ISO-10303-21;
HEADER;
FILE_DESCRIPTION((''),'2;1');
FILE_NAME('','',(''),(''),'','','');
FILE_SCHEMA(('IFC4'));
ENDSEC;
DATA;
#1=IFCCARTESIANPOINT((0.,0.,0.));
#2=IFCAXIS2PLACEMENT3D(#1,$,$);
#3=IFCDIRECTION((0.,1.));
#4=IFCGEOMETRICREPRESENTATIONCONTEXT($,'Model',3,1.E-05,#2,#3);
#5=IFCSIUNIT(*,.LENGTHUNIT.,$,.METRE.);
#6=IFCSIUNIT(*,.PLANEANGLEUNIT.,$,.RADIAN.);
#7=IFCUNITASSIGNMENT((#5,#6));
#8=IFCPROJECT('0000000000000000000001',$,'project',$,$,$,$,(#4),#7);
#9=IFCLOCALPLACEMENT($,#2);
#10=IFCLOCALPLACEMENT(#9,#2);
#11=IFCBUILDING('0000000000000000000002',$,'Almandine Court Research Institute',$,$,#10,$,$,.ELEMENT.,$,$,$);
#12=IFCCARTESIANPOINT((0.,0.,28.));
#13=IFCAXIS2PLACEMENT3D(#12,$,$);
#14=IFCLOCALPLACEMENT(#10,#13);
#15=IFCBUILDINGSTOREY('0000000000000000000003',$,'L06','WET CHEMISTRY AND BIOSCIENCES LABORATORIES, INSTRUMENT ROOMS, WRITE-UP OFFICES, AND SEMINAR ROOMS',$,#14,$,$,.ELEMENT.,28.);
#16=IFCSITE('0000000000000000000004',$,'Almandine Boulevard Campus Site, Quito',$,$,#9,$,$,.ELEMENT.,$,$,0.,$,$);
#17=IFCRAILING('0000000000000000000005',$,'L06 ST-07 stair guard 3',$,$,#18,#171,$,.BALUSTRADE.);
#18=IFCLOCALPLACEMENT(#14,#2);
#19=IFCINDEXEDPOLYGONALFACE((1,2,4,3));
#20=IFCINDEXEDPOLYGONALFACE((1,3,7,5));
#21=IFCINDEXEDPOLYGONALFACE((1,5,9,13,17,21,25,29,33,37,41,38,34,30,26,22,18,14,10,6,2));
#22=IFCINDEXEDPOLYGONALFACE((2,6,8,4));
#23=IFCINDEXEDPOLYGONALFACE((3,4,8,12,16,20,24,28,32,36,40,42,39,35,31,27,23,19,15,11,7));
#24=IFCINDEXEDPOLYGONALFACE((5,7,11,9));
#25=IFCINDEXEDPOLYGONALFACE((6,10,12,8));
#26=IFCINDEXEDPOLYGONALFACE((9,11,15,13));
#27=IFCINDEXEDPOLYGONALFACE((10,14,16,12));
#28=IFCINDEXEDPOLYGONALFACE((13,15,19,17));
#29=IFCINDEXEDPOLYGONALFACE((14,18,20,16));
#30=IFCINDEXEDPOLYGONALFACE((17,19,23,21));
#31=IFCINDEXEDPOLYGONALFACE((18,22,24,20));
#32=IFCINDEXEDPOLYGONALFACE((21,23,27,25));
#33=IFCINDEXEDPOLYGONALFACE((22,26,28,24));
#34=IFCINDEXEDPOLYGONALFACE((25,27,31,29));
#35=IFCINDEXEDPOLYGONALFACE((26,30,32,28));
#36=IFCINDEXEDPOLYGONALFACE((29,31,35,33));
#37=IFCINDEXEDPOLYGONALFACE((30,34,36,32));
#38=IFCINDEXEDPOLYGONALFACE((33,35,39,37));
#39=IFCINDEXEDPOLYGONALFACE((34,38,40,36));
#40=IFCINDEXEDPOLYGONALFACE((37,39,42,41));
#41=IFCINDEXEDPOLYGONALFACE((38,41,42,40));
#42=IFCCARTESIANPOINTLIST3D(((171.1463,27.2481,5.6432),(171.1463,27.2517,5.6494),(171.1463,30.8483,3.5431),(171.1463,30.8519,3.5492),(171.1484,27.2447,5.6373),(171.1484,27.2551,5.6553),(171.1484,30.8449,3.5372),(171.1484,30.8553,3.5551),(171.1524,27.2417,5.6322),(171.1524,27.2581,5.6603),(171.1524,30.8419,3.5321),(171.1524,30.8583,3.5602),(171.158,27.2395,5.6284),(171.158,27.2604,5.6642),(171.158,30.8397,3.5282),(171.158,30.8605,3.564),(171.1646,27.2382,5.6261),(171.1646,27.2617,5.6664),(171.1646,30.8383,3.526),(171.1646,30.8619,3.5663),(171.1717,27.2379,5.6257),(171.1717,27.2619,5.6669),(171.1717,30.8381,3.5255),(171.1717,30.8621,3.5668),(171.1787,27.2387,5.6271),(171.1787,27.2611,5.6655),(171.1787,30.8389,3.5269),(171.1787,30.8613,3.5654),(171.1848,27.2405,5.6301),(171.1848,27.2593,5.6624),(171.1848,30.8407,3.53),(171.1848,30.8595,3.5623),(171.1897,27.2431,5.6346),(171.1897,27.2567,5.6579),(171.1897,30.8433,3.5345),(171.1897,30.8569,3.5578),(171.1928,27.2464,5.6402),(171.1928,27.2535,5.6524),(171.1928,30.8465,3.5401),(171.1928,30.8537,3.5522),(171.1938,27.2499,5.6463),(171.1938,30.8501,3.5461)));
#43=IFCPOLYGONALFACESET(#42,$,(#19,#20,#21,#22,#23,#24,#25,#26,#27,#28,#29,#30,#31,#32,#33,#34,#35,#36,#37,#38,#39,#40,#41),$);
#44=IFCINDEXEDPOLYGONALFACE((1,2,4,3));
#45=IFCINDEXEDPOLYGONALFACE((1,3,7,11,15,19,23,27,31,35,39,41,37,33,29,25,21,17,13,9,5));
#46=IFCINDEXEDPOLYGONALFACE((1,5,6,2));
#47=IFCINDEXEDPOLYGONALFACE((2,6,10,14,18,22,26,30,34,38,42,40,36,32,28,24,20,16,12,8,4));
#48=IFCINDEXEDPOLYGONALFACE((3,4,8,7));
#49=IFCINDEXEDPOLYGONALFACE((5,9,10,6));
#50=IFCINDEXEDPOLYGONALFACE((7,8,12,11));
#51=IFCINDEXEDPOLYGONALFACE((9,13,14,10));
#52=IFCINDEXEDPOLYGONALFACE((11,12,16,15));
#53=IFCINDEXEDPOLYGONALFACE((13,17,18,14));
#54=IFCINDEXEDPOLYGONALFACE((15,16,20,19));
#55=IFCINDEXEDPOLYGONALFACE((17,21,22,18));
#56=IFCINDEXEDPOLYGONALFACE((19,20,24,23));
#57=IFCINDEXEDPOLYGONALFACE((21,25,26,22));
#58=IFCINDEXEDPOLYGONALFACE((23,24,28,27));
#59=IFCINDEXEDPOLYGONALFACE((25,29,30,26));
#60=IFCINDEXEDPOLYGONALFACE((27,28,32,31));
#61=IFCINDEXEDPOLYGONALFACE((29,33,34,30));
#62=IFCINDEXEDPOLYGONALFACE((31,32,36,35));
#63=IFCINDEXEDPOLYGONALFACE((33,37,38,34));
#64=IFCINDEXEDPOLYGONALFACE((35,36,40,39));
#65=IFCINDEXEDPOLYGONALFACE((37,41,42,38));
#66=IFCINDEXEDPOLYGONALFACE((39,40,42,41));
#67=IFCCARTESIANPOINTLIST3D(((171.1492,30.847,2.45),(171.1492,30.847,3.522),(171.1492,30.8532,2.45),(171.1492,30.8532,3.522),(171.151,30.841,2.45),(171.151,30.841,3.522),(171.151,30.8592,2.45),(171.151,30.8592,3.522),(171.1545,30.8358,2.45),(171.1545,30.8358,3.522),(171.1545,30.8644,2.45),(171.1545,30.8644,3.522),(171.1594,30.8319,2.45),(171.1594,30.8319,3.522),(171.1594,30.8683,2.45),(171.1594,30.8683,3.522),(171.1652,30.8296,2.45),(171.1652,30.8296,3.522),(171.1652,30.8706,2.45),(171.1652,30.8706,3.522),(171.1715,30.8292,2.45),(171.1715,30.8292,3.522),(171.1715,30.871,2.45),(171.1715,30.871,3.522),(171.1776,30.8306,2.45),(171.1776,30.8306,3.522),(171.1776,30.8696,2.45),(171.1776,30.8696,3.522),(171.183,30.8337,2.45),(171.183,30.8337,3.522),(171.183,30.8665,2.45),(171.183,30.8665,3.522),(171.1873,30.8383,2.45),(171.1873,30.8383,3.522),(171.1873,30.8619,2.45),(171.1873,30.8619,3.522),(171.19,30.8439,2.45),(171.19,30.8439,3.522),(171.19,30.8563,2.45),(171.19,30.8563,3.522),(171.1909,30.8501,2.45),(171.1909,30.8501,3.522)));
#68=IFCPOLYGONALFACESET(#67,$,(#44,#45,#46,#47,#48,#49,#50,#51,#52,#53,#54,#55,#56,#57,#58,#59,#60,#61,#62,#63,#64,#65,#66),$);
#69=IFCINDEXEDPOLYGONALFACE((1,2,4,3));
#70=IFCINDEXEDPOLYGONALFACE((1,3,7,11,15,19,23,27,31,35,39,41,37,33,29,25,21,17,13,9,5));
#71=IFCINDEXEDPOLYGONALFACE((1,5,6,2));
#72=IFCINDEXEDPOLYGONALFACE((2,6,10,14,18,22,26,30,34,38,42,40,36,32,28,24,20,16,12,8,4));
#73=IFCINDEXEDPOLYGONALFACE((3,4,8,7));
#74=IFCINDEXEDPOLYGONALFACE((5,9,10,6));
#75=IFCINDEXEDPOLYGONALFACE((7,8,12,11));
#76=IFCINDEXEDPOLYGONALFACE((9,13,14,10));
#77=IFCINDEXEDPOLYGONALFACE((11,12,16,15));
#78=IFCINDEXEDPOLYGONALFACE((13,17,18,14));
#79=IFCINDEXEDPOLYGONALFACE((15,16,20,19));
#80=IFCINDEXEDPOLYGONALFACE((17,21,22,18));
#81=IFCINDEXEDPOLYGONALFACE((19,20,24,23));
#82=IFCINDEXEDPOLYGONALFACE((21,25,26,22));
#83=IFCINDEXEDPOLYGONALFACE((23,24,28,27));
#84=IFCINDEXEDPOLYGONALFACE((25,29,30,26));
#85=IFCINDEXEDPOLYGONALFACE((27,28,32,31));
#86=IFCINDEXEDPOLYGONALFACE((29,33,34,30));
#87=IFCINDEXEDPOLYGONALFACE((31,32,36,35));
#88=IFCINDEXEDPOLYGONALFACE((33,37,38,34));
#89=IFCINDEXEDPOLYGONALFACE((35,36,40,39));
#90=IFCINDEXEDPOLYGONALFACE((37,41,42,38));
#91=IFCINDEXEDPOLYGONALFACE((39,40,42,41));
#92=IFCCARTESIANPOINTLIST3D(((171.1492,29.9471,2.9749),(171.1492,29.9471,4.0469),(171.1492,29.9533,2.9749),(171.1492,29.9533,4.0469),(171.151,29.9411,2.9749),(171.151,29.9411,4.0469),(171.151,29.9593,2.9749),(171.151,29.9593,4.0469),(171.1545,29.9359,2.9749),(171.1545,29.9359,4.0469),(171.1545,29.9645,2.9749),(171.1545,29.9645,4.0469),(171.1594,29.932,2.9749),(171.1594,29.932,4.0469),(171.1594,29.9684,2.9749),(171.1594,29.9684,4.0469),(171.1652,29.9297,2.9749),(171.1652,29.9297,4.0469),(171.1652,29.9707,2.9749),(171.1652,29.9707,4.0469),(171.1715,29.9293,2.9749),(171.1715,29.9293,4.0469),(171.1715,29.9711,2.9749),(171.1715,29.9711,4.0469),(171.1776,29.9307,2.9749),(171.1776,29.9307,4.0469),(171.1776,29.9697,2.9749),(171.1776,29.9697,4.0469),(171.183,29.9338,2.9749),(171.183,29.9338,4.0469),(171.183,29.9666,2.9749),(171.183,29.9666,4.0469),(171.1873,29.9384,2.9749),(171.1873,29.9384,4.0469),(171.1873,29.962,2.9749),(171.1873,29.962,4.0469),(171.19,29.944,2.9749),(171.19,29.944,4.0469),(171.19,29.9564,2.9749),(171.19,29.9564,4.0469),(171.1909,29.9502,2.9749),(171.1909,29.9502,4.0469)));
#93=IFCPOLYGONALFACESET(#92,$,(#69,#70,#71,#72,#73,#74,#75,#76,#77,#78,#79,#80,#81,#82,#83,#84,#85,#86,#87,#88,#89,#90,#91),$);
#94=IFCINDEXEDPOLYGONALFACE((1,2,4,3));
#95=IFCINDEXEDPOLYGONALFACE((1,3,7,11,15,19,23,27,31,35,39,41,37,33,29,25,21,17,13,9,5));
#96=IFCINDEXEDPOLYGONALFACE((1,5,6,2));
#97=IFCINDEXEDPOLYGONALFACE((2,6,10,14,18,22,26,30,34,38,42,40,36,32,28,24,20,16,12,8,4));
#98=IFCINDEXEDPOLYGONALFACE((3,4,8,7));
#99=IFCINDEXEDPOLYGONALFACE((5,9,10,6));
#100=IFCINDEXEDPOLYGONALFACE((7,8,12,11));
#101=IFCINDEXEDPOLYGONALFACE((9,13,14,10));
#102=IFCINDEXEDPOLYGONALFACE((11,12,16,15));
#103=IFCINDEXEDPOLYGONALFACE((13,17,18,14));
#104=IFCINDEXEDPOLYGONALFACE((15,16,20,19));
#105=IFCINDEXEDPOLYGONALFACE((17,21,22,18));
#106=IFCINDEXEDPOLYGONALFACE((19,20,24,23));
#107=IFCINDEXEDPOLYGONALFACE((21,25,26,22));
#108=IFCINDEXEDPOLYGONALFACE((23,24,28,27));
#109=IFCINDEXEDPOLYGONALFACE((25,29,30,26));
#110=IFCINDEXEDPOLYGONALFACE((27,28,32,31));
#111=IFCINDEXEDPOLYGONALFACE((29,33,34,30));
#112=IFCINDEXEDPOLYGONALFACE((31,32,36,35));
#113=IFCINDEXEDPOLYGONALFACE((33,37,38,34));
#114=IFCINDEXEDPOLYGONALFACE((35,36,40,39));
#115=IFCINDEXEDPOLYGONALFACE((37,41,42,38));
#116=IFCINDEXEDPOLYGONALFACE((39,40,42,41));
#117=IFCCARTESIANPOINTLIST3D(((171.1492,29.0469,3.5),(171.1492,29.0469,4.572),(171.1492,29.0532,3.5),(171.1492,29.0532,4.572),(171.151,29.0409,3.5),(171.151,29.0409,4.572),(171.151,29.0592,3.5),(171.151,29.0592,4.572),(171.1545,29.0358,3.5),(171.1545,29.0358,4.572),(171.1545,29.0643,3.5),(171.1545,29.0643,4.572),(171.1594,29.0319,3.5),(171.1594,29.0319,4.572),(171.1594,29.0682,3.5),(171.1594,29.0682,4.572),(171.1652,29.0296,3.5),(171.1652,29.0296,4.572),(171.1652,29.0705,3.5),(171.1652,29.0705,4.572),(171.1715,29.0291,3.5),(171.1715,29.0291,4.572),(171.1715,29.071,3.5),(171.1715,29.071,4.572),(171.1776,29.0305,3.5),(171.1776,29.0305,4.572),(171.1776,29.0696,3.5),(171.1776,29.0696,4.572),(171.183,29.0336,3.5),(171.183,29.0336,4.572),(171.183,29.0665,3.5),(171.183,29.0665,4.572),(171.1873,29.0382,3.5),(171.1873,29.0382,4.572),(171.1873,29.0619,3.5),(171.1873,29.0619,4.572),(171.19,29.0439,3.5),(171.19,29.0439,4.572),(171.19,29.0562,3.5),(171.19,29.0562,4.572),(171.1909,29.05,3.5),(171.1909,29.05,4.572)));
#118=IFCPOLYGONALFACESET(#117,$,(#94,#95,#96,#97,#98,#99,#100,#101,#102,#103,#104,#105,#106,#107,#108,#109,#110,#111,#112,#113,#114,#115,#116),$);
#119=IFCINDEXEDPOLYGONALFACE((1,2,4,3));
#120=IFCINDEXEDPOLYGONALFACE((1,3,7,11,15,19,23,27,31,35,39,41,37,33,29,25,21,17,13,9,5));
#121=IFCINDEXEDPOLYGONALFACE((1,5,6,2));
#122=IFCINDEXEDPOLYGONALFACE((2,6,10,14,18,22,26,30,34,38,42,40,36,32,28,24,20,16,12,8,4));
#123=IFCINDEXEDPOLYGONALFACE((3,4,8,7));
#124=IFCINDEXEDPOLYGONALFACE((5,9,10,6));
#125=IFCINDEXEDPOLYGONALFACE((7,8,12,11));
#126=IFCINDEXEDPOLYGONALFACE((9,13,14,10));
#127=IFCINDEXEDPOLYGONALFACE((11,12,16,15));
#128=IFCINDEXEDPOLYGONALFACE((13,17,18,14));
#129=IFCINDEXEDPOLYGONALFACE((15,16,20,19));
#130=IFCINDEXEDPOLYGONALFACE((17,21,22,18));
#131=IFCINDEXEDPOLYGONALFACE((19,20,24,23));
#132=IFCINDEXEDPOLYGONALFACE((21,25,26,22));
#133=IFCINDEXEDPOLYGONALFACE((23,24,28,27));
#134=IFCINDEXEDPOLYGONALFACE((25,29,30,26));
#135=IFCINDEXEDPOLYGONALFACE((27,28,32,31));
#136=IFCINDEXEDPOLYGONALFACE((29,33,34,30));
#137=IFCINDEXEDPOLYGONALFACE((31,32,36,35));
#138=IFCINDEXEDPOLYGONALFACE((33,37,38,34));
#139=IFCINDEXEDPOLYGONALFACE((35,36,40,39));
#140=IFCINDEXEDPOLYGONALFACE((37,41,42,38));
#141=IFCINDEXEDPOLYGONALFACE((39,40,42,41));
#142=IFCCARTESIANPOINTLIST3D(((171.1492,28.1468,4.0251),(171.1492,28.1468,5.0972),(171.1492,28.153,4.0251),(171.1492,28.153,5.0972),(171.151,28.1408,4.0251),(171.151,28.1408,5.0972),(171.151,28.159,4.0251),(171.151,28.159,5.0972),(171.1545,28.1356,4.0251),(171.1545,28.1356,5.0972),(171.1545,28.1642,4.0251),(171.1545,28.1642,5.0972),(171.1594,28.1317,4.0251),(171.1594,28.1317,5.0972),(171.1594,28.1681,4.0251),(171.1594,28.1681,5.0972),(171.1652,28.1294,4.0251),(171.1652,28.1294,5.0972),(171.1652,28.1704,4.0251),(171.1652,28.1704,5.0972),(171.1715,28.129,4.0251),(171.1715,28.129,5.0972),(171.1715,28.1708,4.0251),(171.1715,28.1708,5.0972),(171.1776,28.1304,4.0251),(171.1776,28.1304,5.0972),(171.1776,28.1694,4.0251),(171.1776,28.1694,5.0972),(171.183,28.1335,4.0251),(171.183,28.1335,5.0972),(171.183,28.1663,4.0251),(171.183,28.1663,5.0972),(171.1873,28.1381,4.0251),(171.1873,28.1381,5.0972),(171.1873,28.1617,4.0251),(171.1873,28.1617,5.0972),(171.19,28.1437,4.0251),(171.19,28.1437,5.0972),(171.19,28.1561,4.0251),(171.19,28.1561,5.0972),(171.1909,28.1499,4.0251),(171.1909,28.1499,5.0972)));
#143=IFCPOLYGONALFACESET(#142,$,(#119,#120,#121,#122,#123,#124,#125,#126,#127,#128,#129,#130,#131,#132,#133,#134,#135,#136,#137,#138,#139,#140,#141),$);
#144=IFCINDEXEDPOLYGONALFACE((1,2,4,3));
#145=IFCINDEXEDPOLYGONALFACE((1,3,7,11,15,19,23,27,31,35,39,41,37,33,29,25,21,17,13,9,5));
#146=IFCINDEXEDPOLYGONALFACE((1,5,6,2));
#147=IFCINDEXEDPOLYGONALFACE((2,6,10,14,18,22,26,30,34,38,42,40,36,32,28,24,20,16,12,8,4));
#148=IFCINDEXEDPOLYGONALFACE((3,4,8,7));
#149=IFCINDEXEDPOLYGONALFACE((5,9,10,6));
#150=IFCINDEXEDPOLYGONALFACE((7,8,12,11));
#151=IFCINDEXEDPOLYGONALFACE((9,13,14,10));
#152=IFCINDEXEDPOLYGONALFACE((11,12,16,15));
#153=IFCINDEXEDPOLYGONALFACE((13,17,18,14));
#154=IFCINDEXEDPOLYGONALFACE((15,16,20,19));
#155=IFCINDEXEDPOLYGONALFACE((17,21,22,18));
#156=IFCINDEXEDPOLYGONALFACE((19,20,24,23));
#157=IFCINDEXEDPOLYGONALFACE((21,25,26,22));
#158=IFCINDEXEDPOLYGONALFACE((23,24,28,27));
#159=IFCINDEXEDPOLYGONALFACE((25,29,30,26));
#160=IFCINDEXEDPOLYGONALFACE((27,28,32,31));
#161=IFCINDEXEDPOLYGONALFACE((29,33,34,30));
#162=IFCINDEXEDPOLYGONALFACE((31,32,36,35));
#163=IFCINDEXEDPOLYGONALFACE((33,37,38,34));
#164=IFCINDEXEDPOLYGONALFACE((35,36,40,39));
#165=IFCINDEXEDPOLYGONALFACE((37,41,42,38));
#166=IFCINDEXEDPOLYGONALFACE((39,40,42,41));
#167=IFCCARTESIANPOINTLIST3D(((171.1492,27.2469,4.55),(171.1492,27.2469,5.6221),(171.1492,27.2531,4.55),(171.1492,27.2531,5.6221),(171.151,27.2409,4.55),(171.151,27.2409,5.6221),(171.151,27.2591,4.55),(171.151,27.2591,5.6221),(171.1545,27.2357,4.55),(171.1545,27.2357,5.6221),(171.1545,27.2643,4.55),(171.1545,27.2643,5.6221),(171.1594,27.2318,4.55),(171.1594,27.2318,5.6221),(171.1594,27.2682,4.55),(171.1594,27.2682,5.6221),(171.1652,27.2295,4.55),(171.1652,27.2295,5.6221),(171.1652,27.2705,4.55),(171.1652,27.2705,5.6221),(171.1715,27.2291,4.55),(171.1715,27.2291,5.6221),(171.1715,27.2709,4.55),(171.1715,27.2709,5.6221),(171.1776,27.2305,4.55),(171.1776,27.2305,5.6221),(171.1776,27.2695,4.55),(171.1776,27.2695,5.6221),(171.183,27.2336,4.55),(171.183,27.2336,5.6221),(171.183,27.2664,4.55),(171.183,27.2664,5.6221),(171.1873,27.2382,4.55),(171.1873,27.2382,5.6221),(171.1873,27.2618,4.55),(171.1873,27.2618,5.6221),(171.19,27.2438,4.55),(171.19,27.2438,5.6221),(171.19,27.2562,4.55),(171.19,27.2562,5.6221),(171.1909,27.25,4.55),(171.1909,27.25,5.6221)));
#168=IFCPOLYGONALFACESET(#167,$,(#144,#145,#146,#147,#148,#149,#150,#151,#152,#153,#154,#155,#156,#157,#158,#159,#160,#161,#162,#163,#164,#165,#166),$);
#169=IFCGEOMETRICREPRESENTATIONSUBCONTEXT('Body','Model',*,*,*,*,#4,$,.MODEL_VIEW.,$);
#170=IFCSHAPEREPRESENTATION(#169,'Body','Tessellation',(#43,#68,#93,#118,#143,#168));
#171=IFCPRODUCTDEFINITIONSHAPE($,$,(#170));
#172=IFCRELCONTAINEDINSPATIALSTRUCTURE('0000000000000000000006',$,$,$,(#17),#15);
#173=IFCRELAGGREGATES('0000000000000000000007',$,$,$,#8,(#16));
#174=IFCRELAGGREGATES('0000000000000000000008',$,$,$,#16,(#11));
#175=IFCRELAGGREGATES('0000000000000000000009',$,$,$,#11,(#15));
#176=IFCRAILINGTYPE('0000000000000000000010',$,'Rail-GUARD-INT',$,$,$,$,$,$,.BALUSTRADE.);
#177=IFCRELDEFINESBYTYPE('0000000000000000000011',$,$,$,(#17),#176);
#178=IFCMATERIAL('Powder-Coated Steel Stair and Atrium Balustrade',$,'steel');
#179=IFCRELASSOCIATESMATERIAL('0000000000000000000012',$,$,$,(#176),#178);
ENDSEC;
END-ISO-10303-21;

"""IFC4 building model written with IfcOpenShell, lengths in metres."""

from ifc_helpers import new_model, si_unit, direction, frame, origin, origin_2d, place, context, subcontext, project, spatial, circle, extrude, material, type_object, element, save


model = new_model("IFC4")

# Units and contexts
model_context = context("Model", 3, precision=1e-05, world=origin(), true_north=direction((0.0, 1.0)))
body_context = subcontext(model_context, "Body", "Model", "MODEL_VIEW")
ifc_project = project(units=[si_unit("LENGTHUNIT", "METRE"), si_unit("PLANEANGLEUNIT", "RADIAN")], contexts=[model_context])

# Site, building, storey
site_placement = place(None, origin())
site = spatial("IfcSite", under=ifc_project, at=site_placement, Name="Almandine Boulevard Campus Site, Quito", CompositionType="ELEMENT", RefElevation=0.0)
building_placement = place(site_placement, origin())
building = spatial("IfcBuilding", under=site, at=building_placement, Name="Almandine Court Research Institute", CompositionType="ELEMENT")
storey_placement = place(building_placement, frame((0.0, 0.0, 28.0)))
storey = spatial("IfcBuildingStorey", under=building, at=storey_placement, Name="L06", Description="WET CHEMISTRY AND BIOSCIENCES LABORATORIES, INSTRUMENT ROOMS, WRITE-UP OFFICES, AND SEMINAR ROOMS", CompositionType="ELEMENT", Elevation=28.0)

# Railing
ifc_material_1 = material(Name="Powder-Coated Steel Stair and Atrium Balustrade", Category="steel")
railing_type_1 = type_object("IfcRailingType", Name="Rail-GUARD-INT", PredefinedType="BALUSTRADE", material=ifc_material_1)
railing_1_placement = place(storey_placement, frame((171.1699, 30.8501, 2.45)))
element("IfcRailing", 1, at=railing_1_placement, inside=storey, type_object=railing_type_1, Name="L06 ST-07 stair guard 3", PredefinedType="BALUSTRADE", context=body_context, shape_type="SweptSolid", body=[
    extrude(circle(Radius=0.0239, at=origin_2d()), frame((0.0, 0.0, 1.0962), z_axis=(0.0, -0.863775, 0.503878), x_axis=(1.0, 0.0, 0.0)), (0.0, 0.0, 1.0), 4.168),
    extrude(circle(Radius=0.021, at=origin_2d()), origin(), (0.0, 0.0, 1.0), 1.072),
    extrude(circle(Radius=0.021, at=origin_2d()), frame((0.0, -0.8999, 0.5249)), (0.0, 0.0, 1.0), 1.072),
    extrude(circle(Radius=0.021, at=origin_2d()), frame((0.0, -1.8, 1.05)), (0.0, 0.0, 1.0), 1.072),
    extrude(circle(Radius=0.021, at=origin_2d()), frame((0.0, -2.7002, 1.5752)), (0.0, 0.0, 1.0), 1.072),
    extrude(circle(Radius=0.021, at=origin_2d()), frame((0.0, -3.6001, 2.1001)), (0.0, 0.0, 1.0), 1.072),
])

save(model, "model.ifc")
